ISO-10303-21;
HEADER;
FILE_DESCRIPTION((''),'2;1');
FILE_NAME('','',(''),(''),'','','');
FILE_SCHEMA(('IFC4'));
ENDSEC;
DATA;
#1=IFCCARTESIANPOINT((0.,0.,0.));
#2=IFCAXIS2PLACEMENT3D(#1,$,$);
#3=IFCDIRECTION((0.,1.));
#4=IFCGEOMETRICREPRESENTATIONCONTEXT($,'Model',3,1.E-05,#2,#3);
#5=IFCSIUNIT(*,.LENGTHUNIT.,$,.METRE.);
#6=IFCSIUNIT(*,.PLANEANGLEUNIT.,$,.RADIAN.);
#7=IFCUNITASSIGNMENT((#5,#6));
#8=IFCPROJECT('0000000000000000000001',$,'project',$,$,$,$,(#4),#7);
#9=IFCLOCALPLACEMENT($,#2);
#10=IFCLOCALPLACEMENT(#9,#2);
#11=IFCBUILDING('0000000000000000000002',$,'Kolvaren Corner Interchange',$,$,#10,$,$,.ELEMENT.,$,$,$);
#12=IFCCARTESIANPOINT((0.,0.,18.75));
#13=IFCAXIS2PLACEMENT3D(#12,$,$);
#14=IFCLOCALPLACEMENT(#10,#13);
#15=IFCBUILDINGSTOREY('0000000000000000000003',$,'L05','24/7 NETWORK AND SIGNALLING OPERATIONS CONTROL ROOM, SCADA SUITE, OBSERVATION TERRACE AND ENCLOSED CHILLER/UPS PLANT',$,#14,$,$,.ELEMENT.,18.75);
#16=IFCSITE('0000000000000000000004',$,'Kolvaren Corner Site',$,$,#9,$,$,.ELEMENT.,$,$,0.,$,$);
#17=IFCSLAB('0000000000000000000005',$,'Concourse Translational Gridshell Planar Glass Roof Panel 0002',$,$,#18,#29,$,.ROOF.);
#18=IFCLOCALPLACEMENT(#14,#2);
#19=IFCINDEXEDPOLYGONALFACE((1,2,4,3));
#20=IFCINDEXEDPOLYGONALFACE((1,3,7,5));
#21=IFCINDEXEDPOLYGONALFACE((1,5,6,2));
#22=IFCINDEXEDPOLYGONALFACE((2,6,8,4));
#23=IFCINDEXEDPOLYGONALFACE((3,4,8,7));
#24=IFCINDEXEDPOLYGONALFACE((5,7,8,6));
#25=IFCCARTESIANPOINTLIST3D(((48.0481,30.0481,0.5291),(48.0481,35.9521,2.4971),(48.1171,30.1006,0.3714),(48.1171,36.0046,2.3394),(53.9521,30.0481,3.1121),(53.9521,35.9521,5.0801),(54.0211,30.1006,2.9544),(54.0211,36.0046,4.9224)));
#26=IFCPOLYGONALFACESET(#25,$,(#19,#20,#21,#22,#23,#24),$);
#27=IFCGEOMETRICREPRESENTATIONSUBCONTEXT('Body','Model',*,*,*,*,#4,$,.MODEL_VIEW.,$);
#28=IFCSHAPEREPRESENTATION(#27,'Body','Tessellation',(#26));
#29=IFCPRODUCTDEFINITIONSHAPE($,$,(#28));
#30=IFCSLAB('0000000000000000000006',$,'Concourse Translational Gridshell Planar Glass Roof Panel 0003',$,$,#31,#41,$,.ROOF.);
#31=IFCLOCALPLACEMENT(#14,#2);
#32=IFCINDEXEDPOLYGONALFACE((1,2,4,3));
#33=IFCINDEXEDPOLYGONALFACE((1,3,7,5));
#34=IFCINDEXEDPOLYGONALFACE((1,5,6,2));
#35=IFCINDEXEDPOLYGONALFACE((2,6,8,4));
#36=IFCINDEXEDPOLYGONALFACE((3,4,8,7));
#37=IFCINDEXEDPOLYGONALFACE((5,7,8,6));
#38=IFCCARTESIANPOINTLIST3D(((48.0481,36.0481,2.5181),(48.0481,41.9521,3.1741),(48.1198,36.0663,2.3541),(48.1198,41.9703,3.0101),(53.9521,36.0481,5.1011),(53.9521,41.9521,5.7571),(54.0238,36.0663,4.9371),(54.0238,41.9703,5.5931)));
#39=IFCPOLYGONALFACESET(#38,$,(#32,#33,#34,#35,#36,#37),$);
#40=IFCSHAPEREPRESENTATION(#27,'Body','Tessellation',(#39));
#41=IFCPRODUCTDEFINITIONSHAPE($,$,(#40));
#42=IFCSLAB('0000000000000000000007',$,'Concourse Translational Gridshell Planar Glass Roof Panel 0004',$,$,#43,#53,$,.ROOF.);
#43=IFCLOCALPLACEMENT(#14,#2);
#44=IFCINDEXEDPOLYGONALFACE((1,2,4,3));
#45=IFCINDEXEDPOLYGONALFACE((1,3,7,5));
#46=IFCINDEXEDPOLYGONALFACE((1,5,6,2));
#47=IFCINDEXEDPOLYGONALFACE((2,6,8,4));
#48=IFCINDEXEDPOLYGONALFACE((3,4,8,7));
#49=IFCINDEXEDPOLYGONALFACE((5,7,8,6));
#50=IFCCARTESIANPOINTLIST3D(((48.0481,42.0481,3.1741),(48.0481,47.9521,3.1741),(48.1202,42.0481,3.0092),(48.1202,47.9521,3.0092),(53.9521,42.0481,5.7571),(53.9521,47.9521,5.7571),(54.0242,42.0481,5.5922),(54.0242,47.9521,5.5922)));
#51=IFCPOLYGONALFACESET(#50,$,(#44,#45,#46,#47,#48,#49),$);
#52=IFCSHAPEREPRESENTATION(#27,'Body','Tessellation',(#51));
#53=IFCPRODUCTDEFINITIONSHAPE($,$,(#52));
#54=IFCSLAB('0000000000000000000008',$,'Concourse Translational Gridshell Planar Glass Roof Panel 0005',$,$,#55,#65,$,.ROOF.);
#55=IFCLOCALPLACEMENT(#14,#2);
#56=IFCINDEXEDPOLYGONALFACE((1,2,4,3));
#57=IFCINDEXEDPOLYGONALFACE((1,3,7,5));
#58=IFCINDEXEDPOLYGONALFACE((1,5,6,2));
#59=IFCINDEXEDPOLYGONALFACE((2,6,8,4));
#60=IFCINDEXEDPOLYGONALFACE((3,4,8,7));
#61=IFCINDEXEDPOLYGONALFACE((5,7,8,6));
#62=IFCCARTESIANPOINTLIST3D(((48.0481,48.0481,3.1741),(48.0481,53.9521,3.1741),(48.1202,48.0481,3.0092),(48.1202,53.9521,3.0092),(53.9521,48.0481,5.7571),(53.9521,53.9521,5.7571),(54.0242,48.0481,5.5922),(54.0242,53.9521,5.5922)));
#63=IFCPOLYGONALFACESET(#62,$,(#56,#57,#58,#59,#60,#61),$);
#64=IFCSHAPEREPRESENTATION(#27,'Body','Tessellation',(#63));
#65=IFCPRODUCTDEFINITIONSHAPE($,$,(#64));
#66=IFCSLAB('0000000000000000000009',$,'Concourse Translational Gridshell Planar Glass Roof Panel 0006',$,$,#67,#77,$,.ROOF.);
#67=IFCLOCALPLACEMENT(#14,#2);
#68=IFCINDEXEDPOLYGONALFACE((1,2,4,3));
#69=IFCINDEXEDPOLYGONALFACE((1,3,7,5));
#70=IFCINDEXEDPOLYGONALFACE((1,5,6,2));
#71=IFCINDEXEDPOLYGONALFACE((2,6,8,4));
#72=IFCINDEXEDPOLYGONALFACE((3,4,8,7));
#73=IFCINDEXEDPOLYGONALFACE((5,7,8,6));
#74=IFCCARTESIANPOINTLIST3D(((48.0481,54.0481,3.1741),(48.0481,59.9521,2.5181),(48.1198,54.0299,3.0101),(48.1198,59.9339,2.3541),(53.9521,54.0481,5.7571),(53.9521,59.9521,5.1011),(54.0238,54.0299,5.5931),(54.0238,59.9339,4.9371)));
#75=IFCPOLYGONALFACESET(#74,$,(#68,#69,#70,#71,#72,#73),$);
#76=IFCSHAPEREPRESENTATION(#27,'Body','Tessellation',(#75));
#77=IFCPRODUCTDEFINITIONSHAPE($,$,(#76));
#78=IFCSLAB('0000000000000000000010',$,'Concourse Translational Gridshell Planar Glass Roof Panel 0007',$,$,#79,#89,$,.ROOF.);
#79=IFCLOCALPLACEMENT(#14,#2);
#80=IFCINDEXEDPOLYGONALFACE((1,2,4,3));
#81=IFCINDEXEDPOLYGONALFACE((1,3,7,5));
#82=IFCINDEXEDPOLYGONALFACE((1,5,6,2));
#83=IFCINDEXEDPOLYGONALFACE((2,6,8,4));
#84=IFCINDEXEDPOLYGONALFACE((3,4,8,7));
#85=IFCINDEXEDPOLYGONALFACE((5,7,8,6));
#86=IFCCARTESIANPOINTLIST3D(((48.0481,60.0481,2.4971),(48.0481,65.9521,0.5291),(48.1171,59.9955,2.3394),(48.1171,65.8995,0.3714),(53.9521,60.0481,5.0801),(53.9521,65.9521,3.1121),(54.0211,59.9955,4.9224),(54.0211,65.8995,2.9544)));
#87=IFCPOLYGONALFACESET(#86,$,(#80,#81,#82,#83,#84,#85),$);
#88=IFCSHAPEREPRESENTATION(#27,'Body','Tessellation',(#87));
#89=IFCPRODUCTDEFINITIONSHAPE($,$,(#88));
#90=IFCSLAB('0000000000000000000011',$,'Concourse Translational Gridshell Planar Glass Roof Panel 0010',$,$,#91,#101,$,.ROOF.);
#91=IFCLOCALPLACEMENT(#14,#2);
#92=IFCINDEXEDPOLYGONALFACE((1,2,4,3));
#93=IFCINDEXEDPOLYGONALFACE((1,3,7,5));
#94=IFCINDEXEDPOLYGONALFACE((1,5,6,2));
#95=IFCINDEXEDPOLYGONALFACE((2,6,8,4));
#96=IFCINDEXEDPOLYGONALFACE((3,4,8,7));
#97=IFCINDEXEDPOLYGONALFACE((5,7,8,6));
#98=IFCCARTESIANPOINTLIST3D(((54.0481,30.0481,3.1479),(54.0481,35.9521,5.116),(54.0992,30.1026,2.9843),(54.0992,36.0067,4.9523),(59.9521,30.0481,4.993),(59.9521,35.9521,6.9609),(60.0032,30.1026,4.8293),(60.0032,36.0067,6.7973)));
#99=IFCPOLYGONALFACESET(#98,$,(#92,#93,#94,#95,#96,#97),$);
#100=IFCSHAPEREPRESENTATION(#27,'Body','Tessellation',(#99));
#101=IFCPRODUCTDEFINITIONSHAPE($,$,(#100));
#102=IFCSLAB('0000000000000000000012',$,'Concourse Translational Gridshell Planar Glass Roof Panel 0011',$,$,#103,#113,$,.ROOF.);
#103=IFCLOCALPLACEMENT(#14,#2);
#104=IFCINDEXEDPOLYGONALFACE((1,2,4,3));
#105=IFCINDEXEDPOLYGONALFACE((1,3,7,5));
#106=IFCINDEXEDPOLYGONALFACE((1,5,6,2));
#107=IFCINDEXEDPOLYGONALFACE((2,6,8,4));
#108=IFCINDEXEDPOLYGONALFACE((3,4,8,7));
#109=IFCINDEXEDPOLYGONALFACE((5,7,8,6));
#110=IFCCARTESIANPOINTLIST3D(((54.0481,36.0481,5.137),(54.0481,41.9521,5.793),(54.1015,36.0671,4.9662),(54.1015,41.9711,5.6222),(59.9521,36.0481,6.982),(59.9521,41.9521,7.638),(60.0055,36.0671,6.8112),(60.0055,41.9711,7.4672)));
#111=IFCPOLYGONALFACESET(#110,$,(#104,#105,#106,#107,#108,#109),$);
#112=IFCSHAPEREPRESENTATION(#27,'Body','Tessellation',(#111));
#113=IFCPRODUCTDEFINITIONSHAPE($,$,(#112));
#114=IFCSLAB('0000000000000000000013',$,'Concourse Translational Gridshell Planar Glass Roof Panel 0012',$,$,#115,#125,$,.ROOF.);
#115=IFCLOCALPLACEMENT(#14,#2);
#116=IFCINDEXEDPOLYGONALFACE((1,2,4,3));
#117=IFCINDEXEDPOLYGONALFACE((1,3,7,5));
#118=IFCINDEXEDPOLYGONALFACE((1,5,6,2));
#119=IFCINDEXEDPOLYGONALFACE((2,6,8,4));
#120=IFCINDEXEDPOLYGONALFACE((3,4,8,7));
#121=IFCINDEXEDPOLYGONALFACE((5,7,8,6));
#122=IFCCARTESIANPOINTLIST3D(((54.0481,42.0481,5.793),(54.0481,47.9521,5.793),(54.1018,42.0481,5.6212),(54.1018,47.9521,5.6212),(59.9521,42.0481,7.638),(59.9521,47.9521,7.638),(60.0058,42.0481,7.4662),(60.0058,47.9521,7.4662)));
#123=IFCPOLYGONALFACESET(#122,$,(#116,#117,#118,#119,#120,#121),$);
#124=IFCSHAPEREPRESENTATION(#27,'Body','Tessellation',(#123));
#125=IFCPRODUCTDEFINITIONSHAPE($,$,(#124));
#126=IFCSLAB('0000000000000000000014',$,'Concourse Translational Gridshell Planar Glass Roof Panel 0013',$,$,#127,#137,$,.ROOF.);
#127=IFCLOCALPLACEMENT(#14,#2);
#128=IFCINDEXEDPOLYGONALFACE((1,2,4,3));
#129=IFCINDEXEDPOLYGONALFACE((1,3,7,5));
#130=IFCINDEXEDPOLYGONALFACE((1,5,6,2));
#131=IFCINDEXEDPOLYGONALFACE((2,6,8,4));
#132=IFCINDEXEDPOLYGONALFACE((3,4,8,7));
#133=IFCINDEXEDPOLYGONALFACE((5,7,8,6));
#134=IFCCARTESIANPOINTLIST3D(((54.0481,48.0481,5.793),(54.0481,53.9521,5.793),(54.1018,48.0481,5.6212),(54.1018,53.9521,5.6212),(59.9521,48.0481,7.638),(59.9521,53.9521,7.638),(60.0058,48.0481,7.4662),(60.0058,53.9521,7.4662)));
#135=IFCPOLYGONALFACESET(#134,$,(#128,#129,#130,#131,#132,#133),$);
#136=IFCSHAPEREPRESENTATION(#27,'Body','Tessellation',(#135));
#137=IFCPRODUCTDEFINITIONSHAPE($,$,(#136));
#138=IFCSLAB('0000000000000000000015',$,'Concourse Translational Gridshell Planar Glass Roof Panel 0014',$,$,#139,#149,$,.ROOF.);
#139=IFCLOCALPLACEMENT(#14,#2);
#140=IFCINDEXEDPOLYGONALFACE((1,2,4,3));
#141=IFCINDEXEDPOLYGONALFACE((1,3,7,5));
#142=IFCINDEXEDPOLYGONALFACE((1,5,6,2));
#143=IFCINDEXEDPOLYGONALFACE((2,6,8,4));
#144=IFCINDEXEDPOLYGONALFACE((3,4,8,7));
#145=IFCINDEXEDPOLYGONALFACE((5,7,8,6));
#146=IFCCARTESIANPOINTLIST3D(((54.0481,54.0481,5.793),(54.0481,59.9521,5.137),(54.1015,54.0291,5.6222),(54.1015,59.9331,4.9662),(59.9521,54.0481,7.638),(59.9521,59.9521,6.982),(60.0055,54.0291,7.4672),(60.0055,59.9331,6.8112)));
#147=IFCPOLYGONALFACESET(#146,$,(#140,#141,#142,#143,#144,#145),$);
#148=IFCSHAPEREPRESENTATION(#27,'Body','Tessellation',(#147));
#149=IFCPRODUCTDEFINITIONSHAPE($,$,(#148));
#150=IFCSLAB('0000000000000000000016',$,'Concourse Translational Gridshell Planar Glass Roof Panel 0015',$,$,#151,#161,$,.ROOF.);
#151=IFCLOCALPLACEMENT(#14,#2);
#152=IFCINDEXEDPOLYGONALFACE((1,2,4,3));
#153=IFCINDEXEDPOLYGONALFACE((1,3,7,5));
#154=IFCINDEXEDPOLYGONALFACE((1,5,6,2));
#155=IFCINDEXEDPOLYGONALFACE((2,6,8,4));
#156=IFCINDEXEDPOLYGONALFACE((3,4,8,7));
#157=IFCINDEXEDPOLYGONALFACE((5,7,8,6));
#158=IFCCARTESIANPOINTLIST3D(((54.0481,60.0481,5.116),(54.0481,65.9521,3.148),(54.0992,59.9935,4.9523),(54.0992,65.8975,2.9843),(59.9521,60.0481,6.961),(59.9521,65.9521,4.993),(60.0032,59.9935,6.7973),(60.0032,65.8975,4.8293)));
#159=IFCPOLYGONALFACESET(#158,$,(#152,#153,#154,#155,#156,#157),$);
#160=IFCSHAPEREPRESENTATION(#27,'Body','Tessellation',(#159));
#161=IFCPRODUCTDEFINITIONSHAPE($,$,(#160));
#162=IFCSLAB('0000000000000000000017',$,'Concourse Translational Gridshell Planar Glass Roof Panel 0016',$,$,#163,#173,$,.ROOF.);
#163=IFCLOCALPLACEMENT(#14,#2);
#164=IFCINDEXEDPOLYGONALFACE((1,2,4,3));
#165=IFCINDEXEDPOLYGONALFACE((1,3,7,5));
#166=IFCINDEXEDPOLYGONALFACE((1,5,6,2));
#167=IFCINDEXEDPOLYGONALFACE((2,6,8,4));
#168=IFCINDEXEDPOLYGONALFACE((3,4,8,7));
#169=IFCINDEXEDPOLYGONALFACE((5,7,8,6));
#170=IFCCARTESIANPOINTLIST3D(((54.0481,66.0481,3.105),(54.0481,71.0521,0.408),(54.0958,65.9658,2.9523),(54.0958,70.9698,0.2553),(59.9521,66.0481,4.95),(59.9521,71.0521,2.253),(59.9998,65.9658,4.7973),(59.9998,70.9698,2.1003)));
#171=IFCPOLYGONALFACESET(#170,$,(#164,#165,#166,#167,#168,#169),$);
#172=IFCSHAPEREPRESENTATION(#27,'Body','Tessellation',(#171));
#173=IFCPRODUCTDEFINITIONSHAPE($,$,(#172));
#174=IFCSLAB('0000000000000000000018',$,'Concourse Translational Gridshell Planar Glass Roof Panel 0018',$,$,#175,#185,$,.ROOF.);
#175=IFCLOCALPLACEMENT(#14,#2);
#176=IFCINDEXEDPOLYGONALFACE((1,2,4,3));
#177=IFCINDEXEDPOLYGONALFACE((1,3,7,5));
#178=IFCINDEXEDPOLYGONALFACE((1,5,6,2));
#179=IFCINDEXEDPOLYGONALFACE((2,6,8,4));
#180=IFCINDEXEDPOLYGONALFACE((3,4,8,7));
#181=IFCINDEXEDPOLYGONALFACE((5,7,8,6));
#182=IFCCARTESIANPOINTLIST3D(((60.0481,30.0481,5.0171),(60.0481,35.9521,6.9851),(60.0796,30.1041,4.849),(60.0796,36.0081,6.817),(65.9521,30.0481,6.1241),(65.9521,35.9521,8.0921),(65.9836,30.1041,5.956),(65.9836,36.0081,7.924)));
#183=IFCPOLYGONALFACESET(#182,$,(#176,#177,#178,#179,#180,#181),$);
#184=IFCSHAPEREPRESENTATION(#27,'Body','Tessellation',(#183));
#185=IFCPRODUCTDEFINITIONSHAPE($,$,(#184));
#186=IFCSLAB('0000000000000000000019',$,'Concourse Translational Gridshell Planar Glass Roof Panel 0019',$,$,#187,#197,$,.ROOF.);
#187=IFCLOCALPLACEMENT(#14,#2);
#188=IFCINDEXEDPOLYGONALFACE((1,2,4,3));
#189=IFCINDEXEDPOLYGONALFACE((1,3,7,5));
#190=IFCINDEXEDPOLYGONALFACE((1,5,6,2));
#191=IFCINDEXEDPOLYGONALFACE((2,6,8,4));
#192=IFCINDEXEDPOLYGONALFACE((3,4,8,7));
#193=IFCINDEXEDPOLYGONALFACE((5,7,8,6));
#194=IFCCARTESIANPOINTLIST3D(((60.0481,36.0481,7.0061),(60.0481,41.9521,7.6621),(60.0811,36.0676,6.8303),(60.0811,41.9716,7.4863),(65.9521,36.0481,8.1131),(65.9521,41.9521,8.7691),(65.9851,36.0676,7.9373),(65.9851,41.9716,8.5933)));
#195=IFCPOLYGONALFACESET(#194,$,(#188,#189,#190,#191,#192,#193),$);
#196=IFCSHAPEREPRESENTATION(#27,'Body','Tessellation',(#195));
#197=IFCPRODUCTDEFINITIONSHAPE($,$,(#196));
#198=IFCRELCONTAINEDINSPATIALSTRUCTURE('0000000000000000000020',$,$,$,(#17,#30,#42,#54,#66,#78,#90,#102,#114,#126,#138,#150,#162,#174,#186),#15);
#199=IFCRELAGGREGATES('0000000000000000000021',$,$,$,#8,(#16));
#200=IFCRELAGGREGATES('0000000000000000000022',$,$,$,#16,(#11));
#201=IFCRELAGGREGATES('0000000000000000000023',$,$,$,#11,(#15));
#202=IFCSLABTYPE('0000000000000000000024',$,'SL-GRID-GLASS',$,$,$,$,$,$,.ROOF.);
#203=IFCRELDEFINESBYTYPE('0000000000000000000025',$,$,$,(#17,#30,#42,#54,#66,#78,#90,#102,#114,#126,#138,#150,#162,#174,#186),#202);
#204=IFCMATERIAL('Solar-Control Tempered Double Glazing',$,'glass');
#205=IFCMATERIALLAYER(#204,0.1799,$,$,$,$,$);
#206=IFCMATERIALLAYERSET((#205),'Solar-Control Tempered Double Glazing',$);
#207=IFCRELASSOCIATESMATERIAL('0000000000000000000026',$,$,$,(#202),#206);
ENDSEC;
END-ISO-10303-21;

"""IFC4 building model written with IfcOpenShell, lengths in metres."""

from ifc_helpers import new_model, si_unit, direction, frame, origin, place, context, subcontext, project, spatial, polyline, outline, extrude, material, layer, layer_set, type_object, element, save


model = new_model("IFC4")

# Units and contexts
model_context = context("Model", 3, precision=1e-05, world=origin(), true_north=direction((0.0, 1.0)))
body_context = subcontext(model_context, "Body", "Model", "MODEL_VIEW")
ifc_project = project(units=[si_unit("LENGTHUNIT", "METRE"), si_unit("PLANEANGLEUNIT", "RADIAN")], contexts=[model_context])

# Site, building, storey
site_placement = place(None, origin())
site = spatial("IfcSite", under=ifc_project, at=site_placement, Name="Kolvaren Corner Site", CompositionType="ELEMENT", RefElevation=0.0)
building_placement = place(site_placement, origin())
building = spatial("IfcBuilding", under=site, at=building_placement, Name="Kolvaren Corner Interchange", CompositionType="ELEMENT")
storey_placement = place(building_placement, frame((0.0, 0.0, 18.75)))
storey = spatial("IfcBuildingStorey", under=building, at=storey_placement, Name="L05", Description="24/7 NETWORK AND SIGNALLING OPERATIONS CONTROL ROOM, SCADA SUITE, OBSERVATION TERRACE AND ENCLOSED CHILLER/UPS PLANT", CompositionType="ELEMENT", Elevation=18.75)

# Slabs
ifc_material = material(Name="Solar-Control Tempered Double Glazing", Category="glass")
ifc_layer = layer(ifc_material, 0.1799)
ifc_layer_set = layer_set([ifc_layer], Name="Solar-Control Tempered Double Glazing")
slab_type = type_object("IfcSlabType", Name="SL-GRID-GLASS", PredefinedType="ROOF", material=ifc_layer_set)
slab_1_placement = place(storey_placement, frame((48.0481, 30.0481, 0.5291), z_axis=(-0.383342, -0.29207, 0.87621), x_axis=(0.916157, 0.0, 0.400819)))
element("IfcSlab", 1, at=slab_1_placement, inside=storey, type_object=slab_type, Name="Concourse Translational Gridshell Planar Glass Roof Panel 0002", PredefinedType="ROOF", context=body_context, shape_type="SweptSolid", body=[
    extrude(outline(polyline([(0.0, 0.0), (6.4443, 0.0), (7.2331, 6.1732), (0.7888, 6.1732), (0.0, 0.0)])), origin(), (0.0, 0.0, -1.0), 0.1799),
])
slab_2_placement = place(storey_placement, frame((48.0481, 36.0481, 2.5181), z_axis=(-0.398758, -0.101272, 0.911447), x_axis=(0.916157, 0.0, 0.400819)))
element("IfcSlab", 2, at=slab_2_placement, inside=storey, type_object=slab_type, Name="Concourse Translational Gridshell Planar Glass Roof Panel 0003", PredefinedType="ROOF", context=body_context, shape_type="SweptSolid", body=[
    extrude(outline(polyline([(0.0, 0.0), (6.4443, 0.0), (6.7073, 5.9345), (0.2629, 5.9345), (0.0, 0.0)])), origin(), (0.0, 0.0, -1.0), 0.1799),
])
for number, where, z_axis, x_axis, name in (
    (3, (48.0481, 42.0481, 3.1741), (-0.400819, 0.0, 0.916157), (0.916157, 0.0, 0.400819), "Concourse Translational Gridshell Planar Glass Roof Panel 0004"),
    (4, (48.0481, 48.0481, 3.1741), (-0.400819, 0.0, 0.916157), (0.916157, 0.0, 0.400819), "Concourse Translational Gridshell Planar Glass Roof Panel 0005"),
):
    element("IfcSlab", number, at=place(storey_placement, frame(where, z_axis=z_axis, x_axis=x_axis)), inside=storey, type_object=slab_type, Name=name, PredefinedType="ROOF", context=body_context, shape_type="SweptSolid", body=[
        extrude(outline(polyline([(0.0, 0.0), (6.4443, 0.0), (6.4443, 5.904), (0.0, 5.904), (0.0, 0.0)])), origin(), (0.0, 0.0, -1.0), 0.1799),
    ])
slab_3_placement = place(storey_placement, frame((48.0481, 54.0481, 3.1741), z_axis=(-0.398758, 0.101272, 0.911447), x_axis=(0.916157, 0.0, 0.400819)))
element("IfcSlab", 5, at=slab_3_placement, inside=storey, type_object=slab_type, Name="Concourse Translational Gridshell Planar Glass Roof Panel 0006", PredefinedType="ROOF", context=body_context, shape_type="SweptSolid", body=[
    extrude(outline(polyline([(0.0, 0.0), (6.4443, 0.0), (6.1814, 5.9345), (-0.2629, 5.9345), (0.0, 0.0)])), origin(), (0.0, 0.0, -1.0), 0.1799),
])
slab_4_placement = place(storey_placement, frame((48.0481, 60.0481, 2.4971), z_axis=(-0.383342, 0.29207, 0.87621), x_axis=(0.916157, 0.0, 0.400819)))
element("IfcSlab", 6, at=slab_4_placement, inside=storey, type_object=slab_type, Name="Concourse Translational Gridshell Planar Glass Roof Panel 0007", PredefinedType="ROOF", context=body_context, shape_type="SweptSolid", body=[
    extrude(outline(polyline([(0.0, 0.0), (6.4443, 0.0), (5.6555, 6.1732), (-0.7888, 6.1732), (0.0, 0.0)])), origin(), (0.0, 0.0, -1.0), 0.1799),
])
slab_5_placement = place(storey_placement, frame((54.0481, 30.0481, 3.1479), z_axis=(-0.284236, -0.303185, 0.909554), x_axis=(0.95448, 0.0, 0.298275)))
element("IfcSlab", 7, at=slab_5_placement, inside=storey, type_object=slab_type, Name="Concourse Translational Gridshell Planar Glass Roof Panel 0010", PredefinedType="ROOF", context=body_context, shape_type="SweptSolid", body=[
    extrude(outline(polyline([(0.0, 0.0), (6.1856, 0.0), (6.7726, 6.1956), (0.587, 6.1956), (0.0, 0.0)])), origin(), (0.0, 0.0, -1.0), 0.1799),
])
slab_6_placement = place(storey_placement, frame((54.0481, 36.0481, 5.137), z_axis=(-0.296612, -0.105462, 0.949157), x_axis=(0.95448, 0.0, 0.298275)))
element("IfcSlab", 8, at=slab_6_placement, inside=storey, type_object=slab_type, Name="Concourse Translational Gridshell Planar Glass Roof Panel 0011", PredefinedType="ROOF", context=body_context, shape_type="SweptSolid", body=[
    extrude(outline(polyline([(0.0, 0.0), (6.1856, 0.0), (6.3812, 5.9371), (0.1957, 5.9371), (0.0, 0.0)])), origin(), (0.0, 0.0, -1.0), 0.1799),
])
for number, where, z_axis, x_axis, name in (
    (9, (54.0481, 42.0481, 5.793), (-0.298275, 0.0, 0.95448), (0.95448, 0.0, 0.298275), "Concourse Translational Gridshell Planar Glass Roof Panel 0012"),
    (10, (54.0481, 48.0481, 5.793), (-0.298275, 0.0, 0.95448), (0.95448, 0.0, 0.298275), "Concourse Translational Gridshell Planar Glass Roof Panel 0013"),
):
    element("IfcSlab", number, at=place(storey_placement, frame(where, z_axis=z_axis, x_axis=x_axis)), inside=storey, type_object=slab_type, Name=name, PredefinedType="ROOF", context=body_context, shape_type="SweptSolid", body=[
        extrude(outline(polyline([(0.0, 0.0), (6.1856, 0.0), (6.1856, 5.904), (0.0, 5.904), (0.0, 0.0)])), origin(), (0.0, 0.0, -1.0), 0.1799),
    ])
slab_7_placement = place(storey_placement, frame((54.0481, 54.0481, 5.793), z_axis=(-0.296612, 0.105462, 0.949157), x_axis=(0.95448, 0.0, 0.298275)))
element("IfcSlab", 11, at=slab_7_placement, inside=storey, type_object=slab_type, Name="Concourse Translational Gridshell Planar Glass Roof Panel 0014", PredefinedType="ROOF", context=body_context, shape_type="SweptSolid", body=[
    extrude(outline(polyline([(0.0, 0.0), (6.1856, 0.0), (5.9899, 5.9371), (-0.1957, 5.9371), (0.0, 0.0)])), origin(), (0.0, 0.0, -1.0), 0.1799),
])
slab_8_placement = place(storey_placement, frame((54.0481, 60.0481, 5.116), z_axis=(-0.284236, 0.303185, 0.909554), x_axis=(0.95448, 0.0, 0.298275)))
element("IfcSlab", 12, at=slab_8_placement, inside=storey, type_object=slab_type, Name="Concourse Translational Gridshell Planar Glass Roof Panel 0015", PredefinedType="ROOF", context=body_context, shape_type="SweptSolid", body=[
    extrude(outline(polyline([(0.0, 0.0), (6.1856, 0.0), (5.5986, 6.1956), (-0.587, 6.1956), (0.0, 0.0)])), origin(), (0.0, 0.0, -1.0), 0.1799),
])
slab_9_placement = place(storey_placement, frame((54.0481, 66.0481, 3.105), z_axis=(-0.265236, 0.457453, 0.848756), x_axis=(0.95448, 0.0, 0.298275)))
element("IfcSlab", 13, at=slab_9_placement, inside=storey, type_object=slab_type, Name="Concourse Translational Gridshell Planar Glass Roof Panel 0016", PredefinedType="ROOF", context=body_context, shape_type="SweptSolid", body=[
    extrude(outline(polyline([(0.0, 0.0), (6.1856, 0.0), (5.3811, 5.6273), (-0.8044, 5.6273), (0.0, 0.0)])), origin(), (0.0, 0.0, -1.0), 0.1799),
])
slab_10_placement = place(storey_placement, frame((60.0481, 30.0481, 5.0171), z_axis=(-0.175129, -0.311341, 0.934022), x_axis=(0.982872, 0.0, 0.184289)))
element("IfcSlab", 14, at=slab_10_placement, inside=storey, type_object=slab_type, Name="Concourse Translational Gridshell Planar Glass Roof Panel 0018", PredefinedType="ROOF", context=body_context, shape_type="SweptSolid", body=[
    extrude(outline(polyline([(0.0, 0.0), (6.0069, 0.0), (6.3696, 6.2128), (0.3627, 6.2128), (0.0, 0.0)])), origin(), (0.0, 0.0, -1.0), 0.1799),
])
slab_11_placement = place(storey_placement, frame((60.0481, 36.0481, 7.0061), z_axis=(-0.183199, -0.108563, 0.977063), x_axis=(0.982872, 0.0, 0.184289)))
element("IfcSlab", 15, at=slab_11_placement, inside=storey, type_object=slab_type, Name="Concourse Translational Gridshell Planar Glass Roof Panel 0019", PredefinedType="ROOF", context=body_context, shape_type="SweptSolid", body=[
    extrude(outline(polyline([(0.0, 0.0), (6.0069, 0.0), (6.1278, 5.9391), (0.1209, 5.9391), (0.0, 0.0)])), origin(), (0.0, 0.0, -1.0), 0.1799),
])

save(model, "model.ifc")
